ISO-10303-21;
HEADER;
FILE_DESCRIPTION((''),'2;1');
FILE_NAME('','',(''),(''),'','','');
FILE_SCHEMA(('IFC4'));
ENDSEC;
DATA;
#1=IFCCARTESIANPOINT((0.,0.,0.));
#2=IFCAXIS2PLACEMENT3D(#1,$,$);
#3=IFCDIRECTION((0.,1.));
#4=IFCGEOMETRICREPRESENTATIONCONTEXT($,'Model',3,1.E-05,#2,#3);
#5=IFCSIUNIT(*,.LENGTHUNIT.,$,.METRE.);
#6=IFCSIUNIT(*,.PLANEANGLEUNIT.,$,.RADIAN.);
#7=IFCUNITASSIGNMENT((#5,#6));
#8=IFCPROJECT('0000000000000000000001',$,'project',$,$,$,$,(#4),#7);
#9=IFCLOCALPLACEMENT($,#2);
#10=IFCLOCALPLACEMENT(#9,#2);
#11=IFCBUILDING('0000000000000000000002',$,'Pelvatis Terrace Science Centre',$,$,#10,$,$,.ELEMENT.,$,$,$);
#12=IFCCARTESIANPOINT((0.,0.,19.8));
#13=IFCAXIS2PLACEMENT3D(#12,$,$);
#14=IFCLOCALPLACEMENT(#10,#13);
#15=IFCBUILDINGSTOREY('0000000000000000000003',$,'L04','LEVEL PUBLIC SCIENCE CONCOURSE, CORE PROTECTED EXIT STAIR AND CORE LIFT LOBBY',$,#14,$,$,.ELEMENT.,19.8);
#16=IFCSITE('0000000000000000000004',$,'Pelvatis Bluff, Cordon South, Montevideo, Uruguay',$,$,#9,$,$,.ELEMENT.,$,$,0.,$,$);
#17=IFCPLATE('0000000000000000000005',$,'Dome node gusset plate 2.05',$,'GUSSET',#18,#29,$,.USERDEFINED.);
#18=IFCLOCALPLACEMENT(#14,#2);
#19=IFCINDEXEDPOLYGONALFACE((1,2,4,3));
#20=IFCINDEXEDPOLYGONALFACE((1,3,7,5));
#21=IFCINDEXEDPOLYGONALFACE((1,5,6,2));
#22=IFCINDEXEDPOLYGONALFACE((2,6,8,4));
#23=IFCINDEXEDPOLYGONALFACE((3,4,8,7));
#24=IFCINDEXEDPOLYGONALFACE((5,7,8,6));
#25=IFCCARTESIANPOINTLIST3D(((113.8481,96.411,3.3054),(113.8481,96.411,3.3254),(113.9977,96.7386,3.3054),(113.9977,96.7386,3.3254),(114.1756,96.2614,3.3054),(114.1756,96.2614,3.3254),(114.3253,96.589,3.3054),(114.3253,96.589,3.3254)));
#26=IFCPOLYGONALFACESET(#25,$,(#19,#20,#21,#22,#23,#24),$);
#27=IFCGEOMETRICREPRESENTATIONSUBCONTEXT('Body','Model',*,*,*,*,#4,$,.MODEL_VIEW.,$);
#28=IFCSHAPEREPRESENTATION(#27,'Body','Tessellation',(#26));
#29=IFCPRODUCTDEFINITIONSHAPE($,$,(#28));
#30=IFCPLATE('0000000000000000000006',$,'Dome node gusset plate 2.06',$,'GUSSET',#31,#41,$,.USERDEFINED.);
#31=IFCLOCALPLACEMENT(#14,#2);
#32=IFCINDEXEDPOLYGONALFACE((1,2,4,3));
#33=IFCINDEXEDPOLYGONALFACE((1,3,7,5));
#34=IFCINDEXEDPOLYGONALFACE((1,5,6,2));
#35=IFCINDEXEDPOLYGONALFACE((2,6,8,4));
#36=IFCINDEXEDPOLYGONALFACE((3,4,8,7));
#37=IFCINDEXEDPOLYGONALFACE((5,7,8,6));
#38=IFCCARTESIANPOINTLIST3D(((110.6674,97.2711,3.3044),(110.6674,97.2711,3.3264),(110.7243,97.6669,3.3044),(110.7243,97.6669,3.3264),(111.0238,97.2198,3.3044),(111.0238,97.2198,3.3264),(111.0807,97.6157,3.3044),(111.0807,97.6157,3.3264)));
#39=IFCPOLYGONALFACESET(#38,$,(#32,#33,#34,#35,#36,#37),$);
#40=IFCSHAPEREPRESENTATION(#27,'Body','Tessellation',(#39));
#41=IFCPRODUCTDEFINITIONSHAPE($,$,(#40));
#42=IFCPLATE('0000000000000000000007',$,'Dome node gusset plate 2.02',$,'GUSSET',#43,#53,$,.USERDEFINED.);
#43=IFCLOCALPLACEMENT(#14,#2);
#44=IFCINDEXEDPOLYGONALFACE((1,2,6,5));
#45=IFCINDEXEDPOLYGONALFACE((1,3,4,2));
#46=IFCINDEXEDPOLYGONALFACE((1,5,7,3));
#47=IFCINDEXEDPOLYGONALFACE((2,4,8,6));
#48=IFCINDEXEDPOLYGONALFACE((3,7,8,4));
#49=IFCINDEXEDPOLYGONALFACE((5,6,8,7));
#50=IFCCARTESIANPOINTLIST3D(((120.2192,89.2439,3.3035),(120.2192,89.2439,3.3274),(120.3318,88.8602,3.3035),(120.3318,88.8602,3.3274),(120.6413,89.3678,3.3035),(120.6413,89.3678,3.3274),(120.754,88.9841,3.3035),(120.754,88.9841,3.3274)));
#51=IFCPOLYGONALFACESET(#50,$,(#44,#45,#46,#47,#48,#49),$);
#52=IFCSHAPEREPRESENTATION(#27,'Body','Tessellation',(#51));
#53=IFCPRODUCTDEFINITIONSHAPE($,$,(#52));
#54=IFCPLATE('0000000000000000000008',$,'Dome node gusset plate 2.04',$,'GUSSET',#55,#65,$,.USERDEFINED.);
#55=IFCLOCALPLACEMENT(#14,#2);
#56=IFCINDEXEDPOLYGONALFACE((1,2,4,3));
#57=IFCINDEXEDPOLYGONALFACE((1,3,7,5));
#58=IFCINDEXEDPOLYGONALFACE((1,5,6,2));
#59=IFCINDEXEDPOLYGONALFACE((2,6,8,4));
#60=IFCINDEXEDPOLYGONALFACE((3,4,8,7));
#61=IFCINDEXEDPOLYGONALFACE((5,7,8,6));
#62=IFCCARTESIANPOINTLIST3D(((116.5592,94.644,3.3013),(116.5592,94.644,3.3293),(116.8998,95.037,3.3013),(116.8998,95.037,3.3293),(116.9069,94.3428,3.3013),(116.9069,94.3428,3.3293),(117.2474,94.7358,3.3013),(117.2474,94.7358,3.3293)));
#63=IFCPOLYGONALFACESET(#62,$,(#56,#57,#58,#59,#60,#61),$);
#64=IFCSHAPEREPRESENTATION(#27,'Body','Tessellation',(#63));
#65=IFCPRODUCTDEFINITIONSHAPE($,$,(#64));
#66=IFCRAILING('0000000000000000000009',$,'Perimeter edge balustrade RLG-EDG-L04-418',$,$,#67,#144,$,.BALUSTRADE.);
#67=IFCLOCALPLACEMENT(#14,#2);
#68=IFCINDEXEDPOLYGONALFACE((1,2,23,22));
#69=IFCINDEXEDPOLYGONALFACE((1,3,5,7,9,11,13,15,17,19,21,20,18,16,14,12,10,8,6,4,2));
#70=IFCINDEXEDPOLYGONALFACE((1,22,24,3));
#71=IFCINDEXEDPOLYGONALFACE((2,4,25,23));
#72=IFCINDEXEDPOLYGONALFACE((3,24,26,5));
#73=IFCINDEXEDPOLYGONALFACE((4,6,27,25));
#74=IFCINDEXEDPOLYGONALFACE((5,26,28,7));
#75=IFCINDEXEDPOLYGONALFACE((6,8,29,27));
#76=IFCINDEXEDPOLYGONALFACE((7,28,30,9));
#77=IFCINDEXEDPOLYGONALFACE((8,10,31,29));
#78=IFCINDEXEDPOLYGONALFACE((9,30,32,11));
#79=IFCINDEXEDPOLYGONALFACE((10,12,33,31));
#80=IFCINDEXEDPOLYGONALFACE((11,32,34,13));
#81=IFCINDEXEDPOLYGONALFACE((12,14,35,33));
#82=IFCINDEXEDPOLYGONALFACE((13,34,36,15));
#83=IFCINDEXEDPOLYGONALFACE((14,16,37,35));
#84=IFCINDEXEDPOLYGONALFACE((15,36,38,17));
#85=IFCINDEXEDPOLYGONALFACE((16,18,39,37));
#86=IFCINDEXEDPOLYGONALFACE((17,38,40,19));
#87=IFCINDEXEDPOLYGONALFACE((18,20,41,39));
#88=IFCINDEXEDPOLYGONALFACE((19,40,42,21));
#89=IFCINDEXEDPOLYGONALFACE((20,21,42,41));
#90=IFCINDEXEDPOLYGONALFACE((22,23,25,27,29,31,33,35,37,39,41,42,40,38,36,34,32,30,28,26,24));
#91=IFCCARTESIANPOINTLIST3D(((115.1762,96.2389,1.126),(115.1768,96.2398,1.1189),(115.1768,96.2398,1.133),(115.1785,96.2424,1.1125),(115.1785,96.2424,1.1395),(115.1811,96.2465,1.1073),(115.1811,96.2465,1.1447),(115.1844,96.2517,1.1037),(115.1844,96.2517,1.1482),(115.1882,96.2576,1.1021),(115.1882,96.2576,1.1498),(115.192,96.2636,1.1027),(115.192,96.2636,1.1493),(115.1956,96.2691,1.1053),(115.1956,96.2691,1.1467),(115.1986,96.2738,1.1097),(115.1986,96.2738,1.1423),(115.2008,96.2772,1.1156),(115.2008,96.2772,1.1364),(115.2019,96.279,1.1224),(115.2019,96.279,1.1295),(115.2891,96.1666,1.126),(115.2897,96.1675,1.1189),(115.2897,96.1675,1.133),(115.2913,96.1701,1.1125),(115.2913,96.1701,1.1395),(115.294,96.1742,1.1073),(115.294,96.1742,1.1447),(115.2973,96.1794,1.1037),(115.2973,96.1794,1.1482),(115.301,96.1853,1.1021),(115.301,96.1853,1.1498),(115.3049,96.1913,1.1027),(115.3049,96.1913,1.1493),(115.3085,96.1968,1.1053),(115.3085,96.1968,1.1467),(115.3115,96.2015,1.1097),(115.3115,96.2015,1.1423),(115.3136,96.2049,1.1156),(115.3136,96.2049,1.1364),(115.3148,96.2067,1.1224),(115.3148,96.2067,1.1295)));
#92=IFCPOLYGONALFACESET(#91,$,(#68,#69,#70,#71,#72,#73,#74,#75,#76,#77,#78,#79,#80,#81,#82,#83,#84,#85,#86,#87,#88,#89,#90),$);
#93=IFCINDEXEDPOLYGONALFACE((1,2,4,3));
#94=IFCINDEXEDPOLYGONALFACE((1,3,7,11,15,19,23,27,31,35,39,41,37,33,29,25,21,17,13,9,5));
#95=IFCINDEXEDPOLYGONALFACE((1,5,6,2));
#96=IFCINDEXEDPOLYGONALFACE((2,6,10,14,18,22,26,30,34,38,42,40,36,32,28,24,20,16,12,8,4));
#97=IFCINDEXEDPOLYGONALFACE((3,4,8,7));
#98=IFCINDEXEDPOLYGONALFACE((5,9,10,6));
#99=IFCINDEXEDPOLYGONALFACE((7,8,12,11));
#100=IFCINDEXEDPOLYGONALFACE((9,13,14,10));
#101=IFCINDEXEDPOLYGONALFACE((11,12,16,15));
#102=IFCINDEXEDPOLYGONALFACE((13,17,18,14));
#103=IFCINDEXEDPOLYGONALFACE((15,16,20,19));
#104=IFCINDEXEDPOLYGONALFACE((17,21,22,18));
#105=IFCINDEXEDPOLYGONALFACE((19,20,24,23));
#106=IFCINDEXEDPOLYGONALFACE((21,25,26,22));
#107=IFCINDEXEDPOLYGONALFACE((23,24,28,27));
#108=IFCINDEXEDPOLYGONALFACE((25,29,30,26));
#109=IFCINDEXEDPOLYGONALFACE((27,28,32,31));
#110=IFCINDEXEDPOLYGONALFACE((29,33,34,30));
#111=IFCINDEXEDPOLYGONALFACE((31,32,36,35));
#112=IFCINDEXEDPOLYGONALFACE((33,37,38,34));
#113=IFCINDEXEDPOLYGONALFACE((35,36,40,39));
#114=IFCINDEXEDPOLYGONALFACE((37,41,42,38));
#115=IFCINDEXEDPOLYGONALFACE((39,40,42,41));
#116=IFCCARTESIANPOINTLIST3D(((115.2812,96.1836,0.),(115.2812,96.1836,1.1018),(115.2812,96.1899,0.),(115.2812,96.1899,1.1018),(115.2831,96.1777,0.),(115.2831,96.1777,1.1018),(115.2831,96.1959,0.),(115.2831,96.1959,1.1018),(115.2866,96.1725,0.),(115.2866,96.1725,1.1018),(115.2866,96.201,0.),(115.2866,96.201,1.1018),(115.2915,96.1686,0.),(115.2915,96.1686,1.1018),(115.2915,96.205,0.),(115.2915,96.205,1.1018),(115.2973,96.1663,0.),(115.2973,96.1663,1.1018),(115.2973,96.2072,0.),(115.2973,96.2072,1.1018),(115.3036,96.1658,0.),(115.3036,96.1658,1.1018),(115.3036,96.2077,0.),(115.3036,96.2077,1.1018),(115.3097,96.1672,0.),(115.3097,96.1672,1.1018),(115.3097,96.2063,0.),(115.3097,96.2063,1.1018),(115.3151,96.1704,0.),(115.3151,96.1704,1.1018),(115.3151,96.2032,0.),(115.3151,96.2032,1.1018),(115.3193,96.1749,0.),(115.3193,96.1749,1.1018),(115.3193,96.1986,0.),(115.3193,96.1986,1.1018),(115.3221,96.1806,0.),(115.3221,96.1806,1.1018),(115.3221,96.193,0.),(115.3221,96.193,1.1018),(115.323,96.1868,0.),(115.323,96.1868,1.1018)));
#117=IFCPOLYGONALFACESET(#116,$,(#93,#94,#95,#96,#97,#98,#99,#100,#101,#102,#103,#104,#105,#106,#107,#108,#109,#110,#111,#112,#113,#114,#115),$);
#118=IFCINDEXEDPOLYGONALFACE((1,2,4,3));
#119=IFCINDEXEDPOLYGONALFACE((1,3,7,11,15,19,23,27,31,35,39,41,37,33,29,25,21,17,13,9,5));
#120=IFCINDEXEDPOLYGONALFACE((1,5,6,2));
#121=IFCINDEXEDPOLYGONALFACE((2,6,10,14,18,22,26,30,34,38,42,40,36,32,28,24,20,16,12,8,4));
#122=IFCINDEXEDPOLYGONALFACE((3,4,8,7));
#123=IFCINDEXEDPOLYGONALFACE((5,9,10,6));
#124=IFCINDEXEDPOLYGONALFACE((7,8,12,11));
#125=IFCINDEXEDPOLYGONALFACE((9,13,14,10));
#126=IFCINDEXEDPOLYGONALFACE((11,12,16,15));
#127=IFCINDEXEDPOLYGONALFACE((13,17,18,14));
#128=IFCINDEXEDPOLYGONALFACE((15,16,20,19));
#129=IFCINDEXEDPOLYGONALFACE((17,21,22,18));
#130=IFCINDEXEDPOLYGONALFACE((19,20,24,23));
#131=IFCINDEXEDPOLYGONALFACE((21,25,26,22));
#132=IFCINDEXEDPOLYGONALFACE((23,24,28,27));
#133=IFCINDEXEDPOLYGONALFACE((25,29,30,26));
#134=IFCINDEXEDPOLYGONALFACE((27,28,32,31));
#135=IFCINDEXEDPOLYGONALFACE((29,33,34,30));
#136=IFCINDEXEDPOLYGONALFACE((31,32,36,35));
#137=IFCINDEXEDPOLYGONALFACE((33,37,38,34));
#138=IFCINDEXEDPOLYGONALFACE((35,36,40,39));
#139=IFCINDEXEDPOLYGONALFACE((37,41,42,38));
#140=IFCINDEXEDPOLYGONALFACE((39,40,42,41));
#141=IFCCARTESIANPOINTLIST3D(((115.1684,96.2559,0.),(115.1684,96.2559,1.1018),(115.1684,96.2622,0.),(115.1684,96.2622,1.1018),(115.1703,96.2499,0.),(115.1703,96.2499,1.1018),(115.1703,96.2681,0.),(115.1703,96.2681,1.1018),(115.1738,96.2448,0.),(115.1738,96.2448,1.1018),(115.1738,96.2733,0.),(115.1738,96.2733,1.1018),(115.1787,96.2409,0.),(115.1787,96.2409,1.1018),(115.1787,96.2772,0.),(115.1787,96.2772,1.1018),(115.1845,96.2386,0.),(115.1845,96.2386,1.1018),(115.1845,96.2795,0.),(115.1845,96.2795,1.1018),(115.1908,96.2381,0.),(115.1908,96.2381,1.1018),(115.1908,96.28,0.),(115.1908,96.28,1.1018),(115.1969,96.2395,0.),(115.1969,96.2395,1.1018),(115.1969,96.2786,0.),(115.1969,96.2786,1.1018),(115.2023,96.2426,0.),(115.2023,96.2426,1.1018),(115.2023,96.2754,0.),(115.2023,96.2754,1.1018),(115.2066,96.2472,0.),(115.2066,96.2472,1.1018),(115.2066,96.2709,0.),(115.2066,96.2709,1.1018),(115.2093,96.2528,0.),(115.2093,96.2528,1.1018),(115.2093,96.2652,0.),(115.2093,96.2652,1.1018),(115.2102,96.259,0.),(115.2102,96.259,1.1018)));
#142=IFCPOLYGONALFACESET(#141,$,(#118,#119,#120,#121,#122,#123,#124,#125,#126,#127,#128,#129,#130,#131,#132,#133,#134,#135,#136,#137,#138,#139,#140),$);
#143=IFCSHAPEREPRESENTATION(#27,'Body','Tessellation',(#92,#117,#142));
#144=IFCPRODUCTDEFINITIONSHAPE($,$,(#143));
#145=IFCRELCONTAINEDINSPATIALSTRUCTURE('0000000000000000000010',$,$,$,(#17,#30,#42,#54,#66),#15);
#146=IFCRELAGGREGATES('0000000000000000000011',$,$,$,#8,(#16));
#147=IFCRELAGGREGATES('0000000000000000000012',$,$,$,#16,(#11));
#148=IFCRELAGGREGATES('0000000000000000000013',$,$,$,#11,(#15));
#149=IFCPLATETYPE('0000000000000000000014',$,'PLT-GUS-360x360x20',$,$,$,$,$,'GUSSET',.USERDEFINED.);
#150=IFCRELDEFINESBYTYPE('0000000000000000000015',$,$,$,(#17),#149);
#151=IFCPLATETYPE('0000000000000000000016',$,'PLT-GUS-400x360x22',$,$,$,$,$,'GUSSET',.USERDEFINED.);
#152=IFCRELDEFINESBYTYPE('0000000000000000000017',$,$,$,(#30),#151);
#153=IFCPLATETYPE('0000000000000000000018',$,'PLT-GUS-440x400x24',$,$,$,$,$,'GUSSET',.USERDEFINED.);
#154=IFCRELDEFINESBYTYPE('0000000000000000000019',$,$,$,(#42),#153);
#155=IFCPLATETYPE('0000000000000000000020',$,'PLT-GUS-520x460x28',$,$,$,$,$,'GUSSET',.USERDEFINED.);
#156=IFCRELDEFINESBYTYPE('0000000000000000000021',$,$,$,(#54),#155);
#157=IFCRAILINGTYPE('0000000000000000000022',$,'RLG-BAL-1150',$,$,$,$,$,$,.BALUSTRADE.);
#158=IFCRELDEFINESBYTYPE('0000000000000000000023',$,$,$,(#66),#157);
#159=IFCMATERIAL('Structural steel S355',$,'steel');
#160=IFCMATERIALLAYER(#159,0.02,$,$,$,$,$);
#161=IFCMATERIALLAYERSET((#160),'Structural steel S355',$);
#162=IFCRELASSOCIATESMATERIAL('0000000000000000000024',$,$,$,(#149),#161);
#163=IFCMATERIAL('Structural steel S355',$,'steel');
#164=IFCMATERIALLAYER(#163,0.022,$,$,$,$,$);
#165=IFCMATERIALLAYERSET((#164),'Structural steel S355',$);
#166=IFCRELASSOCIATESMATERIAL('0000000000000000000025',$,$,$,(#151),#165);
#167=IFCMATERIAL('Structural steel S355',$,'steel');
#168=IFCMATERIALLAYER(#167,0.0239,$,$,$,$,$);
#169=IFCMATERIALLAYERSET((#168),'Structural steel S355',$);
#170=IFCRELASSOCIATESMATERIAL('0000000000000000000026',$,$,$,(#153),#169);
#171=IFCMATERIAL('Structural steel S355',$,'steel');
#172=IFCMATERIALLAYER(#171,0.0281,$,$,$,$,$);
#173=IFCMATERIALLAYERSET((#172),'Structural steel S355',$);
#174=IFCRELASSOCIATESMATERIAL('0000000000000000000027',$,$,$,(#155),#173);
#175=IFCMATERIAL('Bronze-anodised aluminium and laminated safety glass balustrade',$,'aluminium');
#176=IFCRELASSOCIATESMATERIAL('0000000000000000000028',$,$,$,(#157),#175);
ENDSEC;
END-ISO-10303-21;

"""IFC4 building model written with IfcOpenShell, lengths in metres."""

from ifc_helpers import new_model, si_unit, direction, frame, origin, origin_2d, place, context, subcontext, project, spatial, rectangle, circle, extrude, material, layer, layer_set, type_object, element, save


model = new_model("IFC4")

# Units and contexts
model_context = context("Model", 3, precision=1e-05, world=origin(), true_north=direction((0.0, 1.0)))
body_context = subcontext(model_context, "Body", "Model", "MODEL_VIEW")
ifc_project = project(units=[si_unit("LENGTHUNIT", "METRE"), si_unit("PLANEANGLEUNIT", "RADIAN")], contexts=[model_context])

# Site, building, storey
site_placement = place(None, origin())
site = spatial("IfcSite", under=ifc_project, at=site_placement, Name="Pelvatis Bluff, Cordon South, Montevideo, Uruguay", CompositionType="ELEMENT", RefElevation=0.0)
building_placement = place(site_placement, origin())
building = spatial("IfcBuilding", under=site, at=building_placement, Name="Pelvatis Terrace Science Centre", CompositionType="ELEMENT")
storey_placement = place(building_placement, frame((0.0, 0.0, 19.8)))
storey = spatial("IfcBuildingStorey", under=building, at=storey_placement, Name="L04", Description="LEVEL PUBLIC SCIENCE CONCOURSE, CORE PROTECTED EXIT STAIR AND CORE LIFT LOBBY", CompositionType="ELEMENT", Elevation=19.8)

# Plates
ifc_material_1 = material(Name="Structural steel S355", Category="steel")
ifc_layer_1 = layer(ifc_material_1, 0.02)
ifc_layer_set_1 = layer_set([ifc_layer_1], Name="Structural steel S355")
plate_type_1 = type_object("IfcPlateType", Name="PLT-GUS-360x360x20", ElementType="GUSSET", PredefinedType="USERDEFINED", material=ifc_layer_set_1)
plate_1_placement = place(storey_placement, frame((114.0867, 96.5, 3.3054), z_axis=(0.0, 0.0, 1.0), x_axis=(0.415487, 0.909599, 0.0)))
element("IfcPlate", 1, at=plate_1_placement, inside=storey, type_object=plate_type_1, Name="Dome node gusset plate 2.05", ObjectType="GUSSET", PredefinedType="USERDEFINED", context=body_context, shape_type="SweptSolid", body=[
    extrude(rectangle(XDim=0.3601, YDim=0.3601, at=origin_2d()), origin(), (0.0, 0.0, 1.0), 0.02),
])
ifc_material_2 = material(Name="Structural steel S355", Category="steel")
ifc_layer_2 = layer(ifc_material_2, 0.022)
ifc_layer_set_2 = layer_set([ifc_layer_2], Name="Structural steel S355")
plate_type_2 = type_object("IfcPlateType", Name="PLT-GUS-400x360x22", ElementType="GUSSET", PredefinedType="USERDEFINED", material=ifc_layer_set_2)
plate_2_placement = place(storey_placement, frame((110.874, 97.4434, 3.3044), z_axis=(0.0, 0.0, 1.0), x_axis=(0.142283, 0.989826, 0.0)))
element("IfcPlate", 2, at=plate_2_placement, inside=storey, type_object=plate_type_2, Name="Dome node gusset plate 2.06", ObjectType="GUSSET", PredefinedType="USERDEFINED", context=body_context, shape_type="SweptSolid", body=[
    extrude(rectangle(XDim=0.3999, YDim=0.3601, at=origin_2d()), origin(), (0.0, 0.0, 1.0), 0.022),
])
ifc_material_3 = material(Name="Structural steel S355", Category="steel")
ifc_layer_3 = layer(ifc_material_3, 0.0239)
ifc_layer_set_3 = layer_set([ifc_layer_3], Name="Structural steel S355")
plate_type_3 = type_object("IfcPlateType", Name="PLT-GUS-440x400x24", ElementType="GUSSET", PredefinedType="USERDEFINED", material=ifc_layer_set_3)
plate_3_placement = place(storey_placement, frame((120.4866, 89.114, 3.3035), z_axis=(0.0, 0.0, 1.0), x_axis=(0.959511, 0.281672, 0.0)))
element("IfcPlate", 3, at=plate_3_placement, inside=storey, type_object=plate_type_3, Name="Dome node gusset plate 2.02", ObjectType="GUSSET", PredefinedType="USERDEFINED", context=body_context, shape_type="SweptSolid", body=[
    extrude(rectangle(XDim=0.4399, YDim=0.3999, at=origin_2d()), origin(), (0.0, 0.0, 1.0), 0.0239),
])
ifc_material_4 = material(Name="Structural steel S355", Category="steel")
ifc_layer_4 = layer(ifc_material_4, 0.0281)
ifc_layer_set_4 = layer_set([ifc_layer_4], Name="Structural steel S355")
plate_type_4 = type_object("IfcPlateType", Name="PLT-GUS-520x460x28", ElementType="GUSSET", PredefinedType="USERDEFINED", material=ifc_layer_set_4)
plate_4_placement = place(storey_placement, frame((116.9033, 94.6899, 3.3013), z_axis=(0.0, 0.0, 1.0), x_axis=(0.654873, 0.755739, 0.0)))
element("IfcPlate", 4, at=plate_4_placement, inside=storey, type_object=plate_type_4, Name="Dome node gusset plate 2.04", ObjectType="GUSSET", PredefinedType="USERDEFINED", context=body_context, shape_type="SweptSolid", body=[
    extrude(rectangle(XDim=0.52, YDim=0.46, at=origin_2d()), origin(), (0.0, 0.0, 1.0), 0.0281),
])

# Railing
ifc_material_5 = material(Name="Bronze-anodised aluminium and laminated safety glass balustrade", Category="aluminium")
railing_type = type_object("IfcRailingType", Name="RLG-BAL-1150", PredefinedType="BALUSTRADE", material=ifc_material_5)
railing_1_placement = place(storey_placement, frame((115.302, 96.1868, 0.0)))
element("IfcRailing", 5, at=railing_1_placement, inside=storey, type_object=railing_type, Name="Perimeter edge balustrade RLG-EDG-L04-418", PredefinedType="BALUSTRADE", context=body_context, shape_type="SweptSolid", body=[
    extrude(circle(Radius=0.0239, at=origin_2d()), frame((0.0, 0.0, 1.126), z_axis=(-0.842007, 0.539467, 0.0), x_axis=(-0.539467, -0.842007, 0.0)), (0.0, 0.0, 1.0), 0.134),
    extrude(circle(Radius=0.021, at=origin_2d()), origin(), (0.0, 0.0, 1.0), 1.1018),
    extrude(circle(Radius=0.021, at=origin_2d()), frame((-0.1128, 0.0723, 0.0)), (0.0, 0.0, 1.0), 1.1018),
])

save(model, "model.ifc")
